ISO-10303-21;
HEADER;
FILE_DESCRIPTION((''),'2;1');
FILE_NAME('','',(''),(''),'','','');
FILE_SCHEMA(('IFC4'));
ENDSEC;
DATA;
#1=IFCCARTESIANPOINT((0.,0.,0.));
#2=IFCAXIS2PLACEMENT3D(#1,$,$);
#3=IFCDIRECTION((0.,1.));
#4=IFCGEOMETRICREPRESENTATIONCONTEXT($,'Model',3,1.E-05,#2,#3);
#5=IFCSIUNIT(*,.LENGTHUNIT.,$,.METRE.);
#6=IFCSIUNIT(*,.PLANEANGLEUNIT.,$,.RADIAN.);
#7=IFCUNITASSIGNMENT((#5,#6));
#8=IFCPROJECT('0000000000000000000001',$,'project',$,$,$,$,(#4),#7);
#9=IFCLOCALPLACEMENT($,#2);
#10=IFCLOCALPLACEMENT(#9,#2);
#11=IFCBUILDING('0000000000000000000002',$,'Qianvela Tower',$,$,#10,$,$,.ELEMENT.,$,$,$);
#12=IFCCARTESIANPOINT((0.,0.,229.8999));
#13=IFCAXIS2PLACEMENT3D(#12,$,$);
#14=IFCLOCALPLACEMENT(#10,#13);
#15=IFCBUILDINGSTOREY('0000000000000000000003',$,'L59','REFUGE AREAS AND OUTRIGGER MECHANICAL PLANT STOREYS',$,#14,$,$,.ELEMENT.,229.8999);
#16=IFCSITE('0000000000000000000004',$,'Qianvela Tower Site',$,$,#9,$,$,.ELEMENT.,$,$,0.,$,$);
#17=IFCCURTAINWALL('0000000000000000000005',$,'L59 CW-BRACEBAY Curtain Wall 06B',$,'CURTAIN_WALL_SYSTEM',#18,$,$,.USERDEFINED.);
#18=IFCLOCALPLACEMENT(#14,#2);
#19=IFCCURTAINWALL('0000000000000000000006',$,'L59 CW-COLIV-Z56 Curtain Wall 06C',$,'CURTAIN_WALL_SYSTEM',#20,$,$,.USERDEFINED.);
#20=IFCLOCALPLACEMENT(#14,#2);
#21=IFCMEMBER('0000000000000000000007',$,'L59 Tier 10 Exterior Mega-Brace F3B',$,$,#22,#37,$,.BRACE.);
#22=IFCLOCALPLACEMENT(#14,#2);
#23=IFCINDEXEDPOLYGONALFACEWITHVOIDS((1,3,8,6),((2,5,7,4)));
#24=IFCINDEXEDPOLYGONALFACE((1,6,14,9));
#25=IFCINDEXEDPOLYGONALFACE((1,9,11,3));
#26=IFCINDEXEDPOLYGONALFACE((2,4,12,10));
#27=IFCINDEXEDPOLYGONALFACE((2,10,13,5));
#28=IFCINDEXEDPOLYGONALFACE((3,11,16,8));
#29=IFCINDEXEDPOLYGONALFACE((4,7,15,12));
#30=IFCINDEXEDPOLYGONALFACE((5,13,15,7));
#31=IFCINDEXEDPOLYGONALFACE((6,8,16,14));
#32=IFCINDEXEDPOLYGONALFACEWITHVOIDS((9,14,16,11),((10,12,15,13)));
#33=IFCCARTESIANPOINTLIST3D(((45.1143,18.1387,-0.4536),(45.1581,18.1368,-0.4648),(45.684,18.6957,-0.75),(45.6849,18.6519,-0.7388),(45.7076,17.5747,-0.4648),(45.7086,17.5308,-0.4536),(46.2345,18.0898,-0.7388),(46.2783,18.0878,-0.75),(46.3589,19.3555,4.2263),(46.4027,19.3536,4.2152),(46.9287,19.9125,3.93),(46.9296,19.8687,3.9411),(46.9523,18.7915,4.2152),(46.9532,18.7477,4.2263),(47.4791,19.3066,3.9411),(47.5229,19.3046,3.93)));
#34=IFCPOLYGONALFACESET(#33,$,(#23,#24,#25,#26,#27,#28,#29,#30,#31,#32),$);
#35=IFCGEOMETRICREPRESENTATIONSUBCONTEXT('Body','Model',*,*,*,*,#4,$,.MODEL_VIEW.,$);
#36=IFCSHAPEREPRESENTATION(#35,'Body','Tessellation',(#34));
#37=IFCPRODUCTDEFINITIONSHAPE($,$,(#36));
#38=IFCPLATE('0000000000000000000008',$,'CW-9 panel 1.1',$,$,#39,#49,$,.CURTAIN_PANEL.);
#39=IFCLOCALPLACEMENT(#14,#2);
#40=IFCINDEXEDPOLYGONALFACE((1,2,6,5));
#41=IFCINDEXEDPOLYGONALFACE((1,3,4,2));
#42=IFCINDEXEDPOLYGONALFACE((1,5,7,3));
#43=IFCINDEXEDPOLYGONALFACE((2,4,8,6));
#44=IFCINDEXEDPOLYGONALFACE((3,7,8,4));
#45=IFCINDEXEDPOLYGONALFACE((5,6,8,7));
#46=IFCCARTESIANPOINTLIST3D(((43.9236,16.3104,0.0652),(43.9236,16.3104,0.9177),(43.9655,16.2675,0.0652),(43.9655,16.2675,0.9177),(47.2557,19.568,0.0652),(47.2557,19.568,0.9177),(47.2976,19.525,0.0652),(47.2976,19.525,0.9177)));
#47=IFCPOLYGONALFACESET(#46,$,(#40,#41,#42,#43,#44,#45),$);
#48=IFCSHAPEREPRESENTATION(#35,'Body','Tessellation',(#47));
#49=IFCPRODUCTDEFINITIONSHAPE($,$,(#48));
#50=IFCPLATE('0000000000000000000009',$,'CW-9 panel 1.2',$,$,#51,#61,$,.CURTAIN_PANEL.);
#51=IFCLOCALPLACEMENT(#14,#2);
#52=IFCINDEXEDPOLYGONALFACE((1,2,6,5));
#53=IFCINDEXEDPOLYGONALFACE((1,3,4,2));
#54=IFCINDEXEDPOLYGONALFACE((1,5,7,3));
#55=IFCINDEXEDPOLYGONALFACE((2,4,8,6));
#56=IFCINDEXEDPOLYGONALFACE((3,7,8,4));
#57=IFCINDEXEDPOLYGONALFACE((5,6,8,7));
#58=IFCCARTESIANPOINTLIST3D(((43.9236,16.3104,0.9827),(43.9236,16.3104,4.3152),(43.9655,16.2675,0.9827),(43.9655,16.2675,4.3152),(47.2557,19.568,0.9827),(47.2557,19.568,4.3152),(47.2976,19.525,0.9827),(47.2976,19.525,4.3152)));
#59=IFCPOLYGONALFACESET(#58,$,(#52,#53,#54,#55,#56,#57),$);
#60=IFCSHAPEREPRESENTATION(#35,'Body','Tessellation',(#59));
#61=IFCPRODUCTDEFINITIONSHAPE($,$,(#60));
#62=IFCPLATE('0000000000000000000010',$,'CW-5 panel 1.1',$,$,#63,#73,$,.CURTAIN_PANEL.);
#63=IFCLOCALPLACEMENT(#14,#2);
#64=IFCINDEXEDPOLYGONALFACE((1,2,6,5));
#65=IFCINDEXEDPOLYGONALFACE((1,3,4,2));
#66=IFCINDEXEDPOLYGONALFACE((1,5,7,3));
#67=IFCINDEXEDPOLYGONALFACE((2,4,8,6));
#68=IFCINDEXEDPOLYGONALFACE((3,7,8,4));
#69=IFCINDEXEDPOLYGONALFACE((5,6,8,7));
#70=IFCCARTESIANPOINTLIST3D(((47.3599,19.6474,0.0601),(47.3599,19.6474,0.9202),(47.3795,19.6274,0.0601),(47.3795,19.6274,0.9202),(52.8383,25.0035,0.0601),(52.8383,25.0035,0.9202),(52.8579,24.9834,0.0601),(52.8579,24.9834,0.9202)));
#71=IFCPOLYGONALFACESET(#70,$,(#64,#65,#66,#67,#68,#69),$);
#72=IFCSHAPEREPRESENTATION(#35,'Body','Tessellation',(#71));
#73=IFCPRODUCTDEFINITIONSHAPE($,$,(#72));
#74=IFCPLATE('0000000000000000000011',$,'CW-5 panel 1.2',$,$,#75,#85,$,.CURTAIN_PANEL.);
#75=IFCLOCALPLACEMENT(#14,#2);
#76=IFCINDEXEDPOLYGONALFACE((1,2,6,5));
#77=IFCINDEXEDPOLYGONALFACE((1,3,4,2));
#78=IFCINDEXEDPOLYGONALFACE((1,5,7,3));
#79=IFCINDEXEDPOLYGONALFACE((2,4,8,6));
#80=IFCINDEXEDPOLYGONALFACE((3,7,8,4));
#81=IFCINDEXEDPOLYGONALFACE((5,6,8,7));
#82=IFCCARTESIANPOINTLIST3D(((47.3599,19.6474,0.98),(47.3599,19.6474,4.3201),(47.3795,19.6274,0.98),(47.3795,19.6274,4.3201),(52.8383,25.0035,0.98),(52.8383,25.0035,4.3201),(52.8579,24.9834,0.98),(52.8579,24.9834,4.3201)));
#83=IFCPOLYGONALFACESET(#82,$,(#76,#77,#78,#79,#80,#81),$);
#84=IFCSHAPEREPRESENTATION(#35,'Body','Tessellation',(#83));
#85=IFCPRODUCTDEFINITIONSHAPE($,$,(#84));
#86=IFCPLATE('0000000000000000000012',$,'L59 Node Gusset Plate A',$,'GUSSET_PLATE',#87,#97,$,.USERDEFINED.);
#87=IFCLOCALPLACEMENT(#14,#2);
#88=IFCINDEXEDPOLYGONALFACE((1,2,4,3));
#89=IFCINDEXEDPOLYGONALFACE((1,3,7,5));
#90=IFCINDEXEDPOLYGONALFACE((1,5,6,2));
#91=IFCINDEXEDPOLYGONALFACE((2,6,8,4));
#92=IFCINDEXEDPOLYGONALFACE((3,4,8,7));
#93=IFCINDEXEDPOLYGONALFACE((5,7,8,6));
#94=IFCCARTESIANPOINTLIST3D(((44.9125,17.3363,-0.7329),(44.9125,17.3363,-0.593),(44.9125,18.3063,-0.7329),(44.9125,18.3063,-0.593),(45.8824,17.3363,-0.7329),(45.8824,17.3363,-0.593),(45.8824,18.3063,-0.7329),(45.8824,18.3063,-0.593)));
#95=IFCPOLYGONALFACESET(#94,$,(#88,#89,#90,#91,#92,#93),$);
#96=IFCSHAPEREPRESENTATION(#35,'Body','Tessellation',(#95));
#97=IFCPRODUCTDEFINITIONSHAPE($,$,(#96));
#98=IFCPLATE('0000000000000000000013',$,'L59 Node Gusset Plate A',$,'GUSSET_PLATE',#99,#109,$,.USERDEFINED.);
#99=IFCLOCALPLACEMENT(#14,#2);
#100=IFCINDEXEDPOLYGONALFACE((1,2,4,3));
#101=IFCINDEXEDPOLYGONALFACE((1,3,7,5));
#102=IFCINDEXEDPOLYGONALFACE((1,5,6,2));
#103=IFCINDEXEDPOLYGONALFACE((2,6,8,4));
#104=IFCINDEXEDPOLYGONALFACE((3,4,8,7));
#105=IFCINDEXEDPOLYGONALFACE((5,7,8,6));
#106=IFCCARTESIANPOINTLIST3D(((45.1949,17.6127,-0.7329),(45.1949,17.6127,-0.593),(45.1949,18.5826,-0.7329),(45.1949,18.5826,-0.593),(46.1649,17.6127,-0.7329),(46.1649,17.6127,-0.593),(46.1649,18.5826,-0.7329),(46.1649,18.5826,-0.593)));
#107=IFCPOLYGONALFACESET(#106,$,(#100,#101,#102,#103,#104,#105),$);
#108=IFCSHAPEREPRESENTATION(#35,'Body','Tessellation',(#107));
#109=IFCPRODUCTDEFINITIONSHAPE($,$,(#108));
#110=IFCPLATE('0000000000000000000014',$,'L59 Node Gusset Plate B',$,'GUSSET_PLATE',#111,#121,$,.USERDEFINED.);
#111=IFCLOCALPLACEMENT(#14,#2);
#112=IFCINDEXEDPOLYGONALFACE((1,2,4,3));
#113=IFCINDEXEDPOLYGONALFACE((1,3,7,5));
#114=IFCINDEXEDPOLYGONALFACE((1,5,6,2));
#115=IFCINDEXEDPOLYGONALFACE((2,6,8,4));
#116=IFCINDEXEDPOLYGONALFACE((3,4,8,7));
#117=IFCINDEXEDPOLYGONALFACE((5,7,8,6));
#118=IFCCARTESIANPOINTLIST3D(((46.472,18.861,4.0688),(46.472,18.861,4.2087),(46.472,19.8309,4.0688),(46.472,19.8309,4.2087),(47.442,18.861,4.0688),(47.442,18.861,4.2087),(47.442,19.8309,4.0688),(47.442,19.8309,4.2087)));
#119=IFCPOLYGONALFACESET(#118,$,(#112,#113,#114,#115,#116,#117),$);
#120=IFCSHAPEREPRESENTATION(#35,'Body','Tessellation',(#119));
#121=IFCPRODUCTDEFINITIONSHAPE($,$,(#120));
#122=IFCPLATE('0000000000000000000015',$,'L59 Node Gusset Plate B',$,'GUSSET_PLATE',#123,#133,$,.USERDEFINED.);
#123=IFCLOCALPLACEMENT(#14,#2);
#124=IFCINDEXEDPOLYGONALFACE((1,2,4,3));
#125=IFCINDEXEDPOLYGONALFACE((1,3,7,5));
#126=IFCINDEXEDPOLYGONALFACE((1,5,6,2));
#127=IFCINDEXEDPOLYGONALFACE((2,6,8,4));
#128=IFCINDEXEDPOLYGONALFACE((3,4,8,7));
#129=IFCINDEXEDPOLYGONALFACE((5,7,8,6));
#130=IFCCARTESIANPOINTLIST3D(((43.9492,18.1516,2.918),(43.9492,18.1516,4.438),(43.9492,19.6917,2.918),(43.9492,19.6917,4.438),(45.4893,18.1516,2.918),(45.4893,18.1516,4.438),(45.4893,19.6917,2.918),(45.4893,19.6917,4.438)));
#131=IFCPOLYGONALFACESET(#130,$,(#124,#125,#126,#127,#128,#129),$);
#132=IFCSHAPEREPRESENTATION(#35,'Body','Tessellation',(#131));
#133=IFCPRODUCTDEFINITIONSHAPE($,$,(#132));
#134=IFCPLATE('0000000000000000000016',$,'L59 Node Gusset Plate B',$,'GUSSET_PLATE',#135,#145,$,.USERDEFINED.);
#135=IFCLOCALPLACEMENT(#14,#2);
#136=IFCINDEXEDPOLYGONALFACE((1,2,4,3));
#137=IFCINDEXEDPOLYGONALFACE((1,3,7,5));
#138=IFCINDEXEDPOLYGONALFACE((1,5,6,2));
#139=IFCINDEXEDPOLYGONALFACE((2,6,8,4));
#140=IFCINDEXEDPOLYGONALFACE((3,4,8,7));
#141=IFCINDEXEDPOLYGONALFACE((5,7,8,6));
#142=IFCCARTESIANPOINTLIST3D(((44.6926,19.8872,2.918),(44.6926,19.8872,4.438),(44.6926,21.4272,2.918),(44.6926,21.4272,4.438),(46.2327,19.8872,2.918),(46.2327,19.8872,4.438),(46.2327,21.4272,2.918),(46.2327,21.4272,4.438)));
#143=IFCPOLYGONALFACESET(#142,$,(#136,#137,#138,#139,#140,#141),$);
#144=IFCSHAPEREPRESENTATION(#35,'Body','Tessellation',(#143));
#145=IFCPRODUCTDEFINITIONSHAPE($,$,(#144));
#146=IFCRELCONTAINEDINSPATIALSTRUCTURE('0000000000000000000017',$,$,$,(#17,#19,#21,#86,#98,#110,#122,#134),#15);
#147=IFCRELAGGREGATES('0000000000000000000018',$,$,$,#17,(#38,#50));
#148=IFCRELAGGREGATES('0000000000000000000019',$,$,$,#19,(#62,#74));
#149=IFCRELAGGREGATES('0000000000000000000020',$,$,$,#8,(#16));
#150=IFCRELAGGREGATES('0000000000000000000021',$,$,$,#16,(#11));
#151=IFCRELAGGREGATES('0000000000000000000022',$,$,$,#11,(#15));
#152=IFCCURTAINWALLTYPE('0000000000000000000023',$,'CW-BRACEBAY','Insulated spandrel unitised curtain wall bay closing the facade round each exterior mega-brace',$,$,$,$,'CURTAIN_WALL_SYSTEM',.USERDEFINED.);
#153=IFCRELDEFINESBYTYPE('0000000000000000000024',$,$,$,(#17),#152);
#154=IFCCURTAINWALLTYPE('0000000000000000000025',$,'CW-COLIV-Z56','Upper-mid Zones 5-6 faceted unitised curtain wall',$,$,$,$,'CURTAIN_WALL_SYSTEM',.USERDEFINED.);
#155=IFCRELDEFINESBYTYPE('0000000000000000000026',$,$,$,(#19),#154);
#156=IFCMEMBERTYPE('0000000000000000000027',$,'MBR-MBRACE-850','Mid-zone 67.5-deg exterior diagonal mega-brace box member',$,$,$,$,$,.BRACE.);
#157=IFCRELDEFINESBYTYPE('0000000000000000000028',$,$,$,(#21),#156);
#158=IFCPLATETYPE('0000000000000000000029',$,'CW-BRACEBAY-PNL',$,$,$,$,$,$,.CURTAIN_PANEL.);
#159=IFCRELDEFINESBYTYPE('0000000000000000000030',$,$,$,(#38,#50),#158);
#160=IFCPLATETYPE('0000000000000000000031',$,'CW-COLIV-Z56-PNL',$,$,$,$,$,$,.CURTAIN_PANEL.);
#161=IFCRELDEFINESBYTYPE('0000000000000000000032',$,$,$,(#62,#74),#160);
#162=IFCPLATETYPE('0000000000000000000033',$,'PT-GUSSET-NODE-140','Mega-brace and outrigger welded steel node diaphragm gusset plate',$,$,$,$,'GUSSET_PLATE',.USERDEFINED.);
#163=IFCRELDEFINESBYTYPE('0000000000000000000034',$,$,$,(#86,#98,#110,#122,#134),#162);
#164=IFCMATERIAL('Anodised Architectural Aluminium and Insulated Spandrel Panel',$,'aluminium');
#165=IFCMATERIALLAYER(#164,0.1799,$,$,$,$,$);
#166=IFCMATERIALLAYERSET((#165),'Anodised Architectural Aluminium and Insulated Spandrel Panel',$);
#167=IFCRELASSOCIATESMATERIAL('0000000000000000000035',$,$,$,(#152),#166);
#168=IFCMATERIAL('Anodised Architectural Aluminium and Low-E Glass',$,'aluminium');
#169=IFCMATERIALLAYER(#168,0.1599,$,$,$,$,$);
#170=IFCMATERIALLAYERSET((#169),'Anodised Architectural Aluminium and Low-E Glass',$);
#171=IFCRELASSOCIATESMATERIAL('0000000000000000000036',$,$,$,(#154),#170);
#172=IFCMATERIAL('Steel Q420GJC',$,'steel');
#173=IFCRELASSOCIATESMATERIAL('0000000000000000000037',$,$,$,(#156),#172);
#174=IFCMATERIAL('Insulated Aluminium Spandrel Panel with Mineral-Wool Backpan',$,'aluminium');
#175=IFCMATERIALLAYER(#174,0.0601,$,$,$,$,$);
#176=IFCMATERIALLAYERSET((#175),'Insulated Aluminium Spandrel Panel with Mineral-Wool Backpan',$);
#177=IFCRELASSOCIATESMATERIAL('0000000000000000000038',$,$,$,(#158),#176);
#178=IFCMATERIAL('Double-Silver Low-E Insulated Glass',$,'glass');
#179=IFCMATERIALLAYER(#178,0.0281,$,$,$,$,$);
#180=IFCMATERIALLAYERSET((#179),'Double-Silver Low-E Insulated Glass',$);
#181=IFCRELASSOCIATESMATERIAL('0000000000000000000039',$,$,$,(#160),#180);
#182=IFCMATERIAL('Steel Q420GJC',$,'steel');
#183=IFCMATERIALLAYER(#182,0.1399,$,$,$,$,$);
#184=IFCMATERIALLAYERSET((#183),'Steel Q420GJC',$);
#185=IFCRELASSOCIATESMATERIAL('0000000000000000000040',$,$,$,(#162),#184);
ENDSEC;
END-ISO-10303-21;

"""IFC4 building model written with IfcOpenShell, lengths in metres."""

from ifc_helpers import new_model, si_unit, direction, frame, origin, origin_2d, place, context, subcontext, project, spatial, rectangle, hollow_rectangle, extrude, material, layer, layer_set, material_profile, profile_set, type_object, element, aggregate, save


model = new_model("IFC4")

# Units and contexts
model_context = context("Model", 3, precision=1e-05, world=origin(), true_north=direction((0.0, 1.0)))
body_context = subcontext(model_context, "Body", "Model", "MODEL_VIEW")
ifc_project = project(units=[si_unit("LENGTHUNIT", "METRE"), si_unit("PLANEANGLEUNIT", "RADIAN")], contexts=[model_context])

# Site, building, storey
site_placement = place(None, origin())
site = spatial("IfcSite", under=ifc_project, at=site_placement, Name="Qianvela Tower Site", CompositionType="ELEMENT", RefElevation=0.0)
building_placement = place(site_placement, origin())
building = spatial("IfcBuilding", under=site, at=building_placement, Name="Qianvela Tower", CompositionType="ELEMENT")
storey_placement = place(building_placement, frame((0.0, 0.0, 229.8999)))
storey = spatial("IfcBuildingStorey", under=building, at=storey_placement, Name="L59", Description="REFUGE AREAS AND OUTRIGGER MECHANICAL PLANT STOREYS", CompositionType="ELEMENT", Elevation=229.8999)

# Curtain wall
ifc_material_1 = material(Name="Anodised Architectural Aluminium and Insulated Spandrel Panel", Category="aluminium")
ifc_layer_1 = layer(ifc_material_1, 0.1799)
ifc_layer_set_1 = layer_set([ifc_layer_1], Name="Anodised Architectural Aluminium and Insulated Spandrel Panel")
curtain_wall_type_1 = type_object("IfcCurtainWallType", Name="CW-BRACEBAY", Description="Insulated spandrel unitised curtain wall bay closing the facade round each exterior mega-brace", ElementType="CURTAIN_WALL_SYSTEM", PredefinedType="USERDEFINED", material=ifc_layer_set_1)
curtain_wall_1_placement = place(storey_placement, origin())
curtain_wall_1 = element("IfcCurtainWall", 1, at=curtain_wall_1_placement, inside=storey, type_object=curtain_wall_type_1, Name="L59 CW-BRACEBAY Curtain Wall 06B", ObjectType="CURTAIN_WALL_SYSTEM", PredefinedType="USERDEFINED")

# Curtain wall
ifc_material_2 = material(Name="Anodised Architectural Aluminium and Low-E Glass", Category="aluminium")
ifc_layer_2 = layer(ifc_material_2, 0.1599)
ifc_layer_set_2 = layer_set([ifc_layer_2], Name="Anodised Architectural Aluminium and Low-E Glass")
curtain_wall_type_2 = type_object("IfcCurtainWallType", Name="CW-COLIV-Z56", Description="Upper-mid Zones 5-6 faceted unitised curtain wall", ElementType="CURTAIN_WALL_SYSTEM", PredefinedType="USERDEFINED", material=ifc_layer_set_2)
curtain_wall_2_placement = place(storey_placement, origin())
curtain_wall_2 = element("IfcCurtainWall", 2, at=curtain_wall_2_placement, inside=storey, type_object=curtain_wall_type_2, Name="L59 CW-COLIV-Z56 Curtain Wall 06C", ObjectType="CURTAIN_WALL_SYSTEM", PredefinedType="USERDEFINED")

# Member
ifc_material_3 = material(Name="Steel Q420GJC", Category="steel")
ifc_material_profile_1 = material_profile(ifc_material_3, hollow_rectangle(XDim=0.8501, YDim=0.8501, WallThickness=0.032, at=origin_2d()), Name="MBOX-850x850x32")
ifc_profile_set_1 = profile_set([ifc_material_profile_1], Name="Steel Q420GJC")
member_type_1 = type_object("IfcMemberType", Name="MBR-MBRACE-850", Description="Mid-zone 67.5-deg exterior diagonal mega-brace box member", PredefinedType="BRACE", material=ifc_profile_set_1)
member_1_placement = place(storey_placement, frame((45.6963, 18.1133, -0.6018), z_axis=(0.249268, 0.243694, 0.937272), x_axis=(-0.699067, 0.715057, 0.0)))
element("IfcMember", 3, at=member_1_placement, inside=storey, type_object=member_type_1, Name="L59 Tier 10 Exterior Mega-Brace F3B", PredefinedType="BRACE", context=body_context, shape_type="SweptSolid", body=[
    extrude(hollow_rectangle(XDim=0.8501, YDim=0.8501, WallThickness=0.032, at=origin_2d()), origin(), (0.0, 0.0, 1.0), 4.9932),
])

# Plates
ifc_material_4 = material(Name="Insulated Aluminium Spandrel Panel with Mineral-Wool Backpan", Category="aluminium")
ifc_layer_3 = layer(ifc_material_4, 0.0601)
ifc_layer_set_3 = layer_set([ifc_layer_3], Name="Insulated Aluminium Spandrel Panel with Mineral-Wool Backpan")
plate_type_1 = type_object("IfcPlateType", Name="CW-BRACEBAY-PNL", PredefinedType="CURTAIN_PANEL", material=ifc_layer_set_3)
plate_1_placement = place(storey_placement, frame((45.6106, 17.9177, 0.0652), z_axis=(0.0, 0.0, 1.0), x_axis=(0.715057, 0.699066, 0.0)))
plate_1 = element("IfcPlate", 4, at=plate_1_placement, type_object=plate_type_1, Name="CW-9 panel 1.1", PredefinedType="CURTAIN_PANEL", context=body_context, shape_type="SweptSolid", body=[
    extrude(rectangle(XDim=4.6599, YDim=0.0601, at=origin_2d()), origin(), (0.0, 0.0, 1.0), 0.8525),
])
plate_2_placement = place(storey_placement, frame((45.6106, 17.9177, 0.9827), z_axis=(0.0, 0.0, 1.0), x_axis=(0.715057, 0.699066, 0.0)))
plate_2 = element("IfcPlate", 5, at=plate_2_placement, type_object=plate_type_1, Name="CW-9 panel 1.2", PredefinedType="CURTAIN_PANEL", context=body_context, shape_type="SweptSolid", body=[
    extrude(rectangle(XDim=4.6599, YDim=0.0601, at=origin_2d()), origin(), (0.0, 0.0, 1.0), 3.3325),
])
aggregate(curtain_wall_1, [plate_1, plate_2])
ifc_material_5 = material(Name="Double-Silver Low-E Insulated Glass", Category="glass")
ifc_layer_4 = layer(ifc_material_5, 0.0281)
ifc_layer_set_4 = layer_set([ifc_layer_4], Name="Double-Silver Low-E Insulated Glass")
plate_type_2 = type_object("IfcPlateType", Name="CW-COLIV-Z56-PNL", PredefinedType="CURTAIN_PANEL", material=ifc_layer_set_4)
plate_3_placement = place(storey_placement, frame((50.1089, 22.3154, 0.0601), z_axis=(0.0, 0.0, 1.0), x_axis=(0.715046, 0.699078, 0.0)))
plate_3 = element("IfcPlate", 6, at=plate_3_placement, type_object=plate_type_2, Name="CW-5 panel 1.1", PredefinedType="CURTAIN_PANEL", context=body_context, shape_type="SweptSolid", body=[
    extrude(rectangle(XDim=7.6616, YDim=0.0281, at=origin_2d()), origin(), (0.0, 0.0, 1.0), 0.8601),
])
plate_4_placement = place(storey_placement, frame((50.1089, 22.3154, 0.98), z_axis=(0.0, 0.0, 1.0), x_axis=(0.715046, 0.699078, 0.0)))
plate_4 = element("IfcPlate", 7, at=plate_4_placement, type_object=plate_type_2, Name="CW-5 panel 1.2", PredefinedType="CURTAIN_PANEL", context=body_context, shape_type="SweptSolid", body=[
    extrude(rectangle(XDim=7.6616, YDim=0.0281, at=origin_2d()), origin(), (0.0, 0.0, 1.0), 3.3401),
])
aggregate(curtain_wall_2, [plate_3, plate_4])

# Plates
ifc_material_6 = material(Name="Steel Q420GJC", Category="steel")
ifc_layer_5 = layer(ifc_material_6, 0.1399)
ifc_layer_set_5 = layer_set([ifc_layer_5], Name="Steel Q420GJC")
plate_type_3 = type_object("IfcPlateType", Name="PT-GUSSET-NODE-140", Description="Mega-brace and outrigger welded steel node diaphragm gusset plate", ElementType="GUSSET_PLATE", PredefinedType="USERDEFINED", material=ifc_layer_set_5)
for number, where, z_axis, x_axis, name in (
    (8, (45.3975, 17.8213, -0.7329), (0.0, 0.0, 1.0), (1.0, 0.0, 0.0), "L59 Node Gusset Plate A"),
    (9, (45.6799, 18.0977, -0.7329), (0.0, 0.0, 1.0), (1.0, 0.0, 0.0), "L59 Node Gusset Plate A"),
    (10, (46.957, 19.3459, 4.0688), (0.0, 0.0, 1.0), (1.0, 0.0, 0.0), "L59 Node Gusset Plate B"),
):
    element("IfcPlate", number, at=place(storey_placement, frame(where, z_axis=z_axis, x_axis=x_axis)), inside=storey, type_object=plate_type_3, Name=name, ObjectType="GUSSET_PLATE", PredefinedType="USERDEFINED", context=body_context, shape_type="SweptSolid", body=[
        extrude(rectangle(XDim=0.97, YDim=0.97, at=origin_2d()), origin(), (0.0, 0.0, 1.0), 0.1399),
    ])
for number, where, z_axis, x_axis, name in (
    (11, (44.7192, 18.9216, 2.918), (0.0, 0.0, 1.0), (1.0, 0.0, 0.0), "L59 Node Gusset Plate B"),
    (12, (45.4626, 20.6572, 2.918), (0.0, 0.0, 1.0), (1.0, 0.0, 0.0), "L59 Node Gusset Plate B"),
):
    element("IfcPlate", number, at=place(storey_placement, frame(where, z_axis=z_axis, x_axis=x_axis)), inside=storey, type_object=plate_type_3, Name=name, ObjectType="GUSSET_PLATE", PredefinedType="USERDEFINED", context=body_context, shape_type="SweptSolid", body=[
        extrude(rectangle(XDim=1.54, YDim=1.54, at=origin_2d()), origin(), (0.0, 0.0, 1.0), 1.52),
    ])

save(model, "model.ifc")
